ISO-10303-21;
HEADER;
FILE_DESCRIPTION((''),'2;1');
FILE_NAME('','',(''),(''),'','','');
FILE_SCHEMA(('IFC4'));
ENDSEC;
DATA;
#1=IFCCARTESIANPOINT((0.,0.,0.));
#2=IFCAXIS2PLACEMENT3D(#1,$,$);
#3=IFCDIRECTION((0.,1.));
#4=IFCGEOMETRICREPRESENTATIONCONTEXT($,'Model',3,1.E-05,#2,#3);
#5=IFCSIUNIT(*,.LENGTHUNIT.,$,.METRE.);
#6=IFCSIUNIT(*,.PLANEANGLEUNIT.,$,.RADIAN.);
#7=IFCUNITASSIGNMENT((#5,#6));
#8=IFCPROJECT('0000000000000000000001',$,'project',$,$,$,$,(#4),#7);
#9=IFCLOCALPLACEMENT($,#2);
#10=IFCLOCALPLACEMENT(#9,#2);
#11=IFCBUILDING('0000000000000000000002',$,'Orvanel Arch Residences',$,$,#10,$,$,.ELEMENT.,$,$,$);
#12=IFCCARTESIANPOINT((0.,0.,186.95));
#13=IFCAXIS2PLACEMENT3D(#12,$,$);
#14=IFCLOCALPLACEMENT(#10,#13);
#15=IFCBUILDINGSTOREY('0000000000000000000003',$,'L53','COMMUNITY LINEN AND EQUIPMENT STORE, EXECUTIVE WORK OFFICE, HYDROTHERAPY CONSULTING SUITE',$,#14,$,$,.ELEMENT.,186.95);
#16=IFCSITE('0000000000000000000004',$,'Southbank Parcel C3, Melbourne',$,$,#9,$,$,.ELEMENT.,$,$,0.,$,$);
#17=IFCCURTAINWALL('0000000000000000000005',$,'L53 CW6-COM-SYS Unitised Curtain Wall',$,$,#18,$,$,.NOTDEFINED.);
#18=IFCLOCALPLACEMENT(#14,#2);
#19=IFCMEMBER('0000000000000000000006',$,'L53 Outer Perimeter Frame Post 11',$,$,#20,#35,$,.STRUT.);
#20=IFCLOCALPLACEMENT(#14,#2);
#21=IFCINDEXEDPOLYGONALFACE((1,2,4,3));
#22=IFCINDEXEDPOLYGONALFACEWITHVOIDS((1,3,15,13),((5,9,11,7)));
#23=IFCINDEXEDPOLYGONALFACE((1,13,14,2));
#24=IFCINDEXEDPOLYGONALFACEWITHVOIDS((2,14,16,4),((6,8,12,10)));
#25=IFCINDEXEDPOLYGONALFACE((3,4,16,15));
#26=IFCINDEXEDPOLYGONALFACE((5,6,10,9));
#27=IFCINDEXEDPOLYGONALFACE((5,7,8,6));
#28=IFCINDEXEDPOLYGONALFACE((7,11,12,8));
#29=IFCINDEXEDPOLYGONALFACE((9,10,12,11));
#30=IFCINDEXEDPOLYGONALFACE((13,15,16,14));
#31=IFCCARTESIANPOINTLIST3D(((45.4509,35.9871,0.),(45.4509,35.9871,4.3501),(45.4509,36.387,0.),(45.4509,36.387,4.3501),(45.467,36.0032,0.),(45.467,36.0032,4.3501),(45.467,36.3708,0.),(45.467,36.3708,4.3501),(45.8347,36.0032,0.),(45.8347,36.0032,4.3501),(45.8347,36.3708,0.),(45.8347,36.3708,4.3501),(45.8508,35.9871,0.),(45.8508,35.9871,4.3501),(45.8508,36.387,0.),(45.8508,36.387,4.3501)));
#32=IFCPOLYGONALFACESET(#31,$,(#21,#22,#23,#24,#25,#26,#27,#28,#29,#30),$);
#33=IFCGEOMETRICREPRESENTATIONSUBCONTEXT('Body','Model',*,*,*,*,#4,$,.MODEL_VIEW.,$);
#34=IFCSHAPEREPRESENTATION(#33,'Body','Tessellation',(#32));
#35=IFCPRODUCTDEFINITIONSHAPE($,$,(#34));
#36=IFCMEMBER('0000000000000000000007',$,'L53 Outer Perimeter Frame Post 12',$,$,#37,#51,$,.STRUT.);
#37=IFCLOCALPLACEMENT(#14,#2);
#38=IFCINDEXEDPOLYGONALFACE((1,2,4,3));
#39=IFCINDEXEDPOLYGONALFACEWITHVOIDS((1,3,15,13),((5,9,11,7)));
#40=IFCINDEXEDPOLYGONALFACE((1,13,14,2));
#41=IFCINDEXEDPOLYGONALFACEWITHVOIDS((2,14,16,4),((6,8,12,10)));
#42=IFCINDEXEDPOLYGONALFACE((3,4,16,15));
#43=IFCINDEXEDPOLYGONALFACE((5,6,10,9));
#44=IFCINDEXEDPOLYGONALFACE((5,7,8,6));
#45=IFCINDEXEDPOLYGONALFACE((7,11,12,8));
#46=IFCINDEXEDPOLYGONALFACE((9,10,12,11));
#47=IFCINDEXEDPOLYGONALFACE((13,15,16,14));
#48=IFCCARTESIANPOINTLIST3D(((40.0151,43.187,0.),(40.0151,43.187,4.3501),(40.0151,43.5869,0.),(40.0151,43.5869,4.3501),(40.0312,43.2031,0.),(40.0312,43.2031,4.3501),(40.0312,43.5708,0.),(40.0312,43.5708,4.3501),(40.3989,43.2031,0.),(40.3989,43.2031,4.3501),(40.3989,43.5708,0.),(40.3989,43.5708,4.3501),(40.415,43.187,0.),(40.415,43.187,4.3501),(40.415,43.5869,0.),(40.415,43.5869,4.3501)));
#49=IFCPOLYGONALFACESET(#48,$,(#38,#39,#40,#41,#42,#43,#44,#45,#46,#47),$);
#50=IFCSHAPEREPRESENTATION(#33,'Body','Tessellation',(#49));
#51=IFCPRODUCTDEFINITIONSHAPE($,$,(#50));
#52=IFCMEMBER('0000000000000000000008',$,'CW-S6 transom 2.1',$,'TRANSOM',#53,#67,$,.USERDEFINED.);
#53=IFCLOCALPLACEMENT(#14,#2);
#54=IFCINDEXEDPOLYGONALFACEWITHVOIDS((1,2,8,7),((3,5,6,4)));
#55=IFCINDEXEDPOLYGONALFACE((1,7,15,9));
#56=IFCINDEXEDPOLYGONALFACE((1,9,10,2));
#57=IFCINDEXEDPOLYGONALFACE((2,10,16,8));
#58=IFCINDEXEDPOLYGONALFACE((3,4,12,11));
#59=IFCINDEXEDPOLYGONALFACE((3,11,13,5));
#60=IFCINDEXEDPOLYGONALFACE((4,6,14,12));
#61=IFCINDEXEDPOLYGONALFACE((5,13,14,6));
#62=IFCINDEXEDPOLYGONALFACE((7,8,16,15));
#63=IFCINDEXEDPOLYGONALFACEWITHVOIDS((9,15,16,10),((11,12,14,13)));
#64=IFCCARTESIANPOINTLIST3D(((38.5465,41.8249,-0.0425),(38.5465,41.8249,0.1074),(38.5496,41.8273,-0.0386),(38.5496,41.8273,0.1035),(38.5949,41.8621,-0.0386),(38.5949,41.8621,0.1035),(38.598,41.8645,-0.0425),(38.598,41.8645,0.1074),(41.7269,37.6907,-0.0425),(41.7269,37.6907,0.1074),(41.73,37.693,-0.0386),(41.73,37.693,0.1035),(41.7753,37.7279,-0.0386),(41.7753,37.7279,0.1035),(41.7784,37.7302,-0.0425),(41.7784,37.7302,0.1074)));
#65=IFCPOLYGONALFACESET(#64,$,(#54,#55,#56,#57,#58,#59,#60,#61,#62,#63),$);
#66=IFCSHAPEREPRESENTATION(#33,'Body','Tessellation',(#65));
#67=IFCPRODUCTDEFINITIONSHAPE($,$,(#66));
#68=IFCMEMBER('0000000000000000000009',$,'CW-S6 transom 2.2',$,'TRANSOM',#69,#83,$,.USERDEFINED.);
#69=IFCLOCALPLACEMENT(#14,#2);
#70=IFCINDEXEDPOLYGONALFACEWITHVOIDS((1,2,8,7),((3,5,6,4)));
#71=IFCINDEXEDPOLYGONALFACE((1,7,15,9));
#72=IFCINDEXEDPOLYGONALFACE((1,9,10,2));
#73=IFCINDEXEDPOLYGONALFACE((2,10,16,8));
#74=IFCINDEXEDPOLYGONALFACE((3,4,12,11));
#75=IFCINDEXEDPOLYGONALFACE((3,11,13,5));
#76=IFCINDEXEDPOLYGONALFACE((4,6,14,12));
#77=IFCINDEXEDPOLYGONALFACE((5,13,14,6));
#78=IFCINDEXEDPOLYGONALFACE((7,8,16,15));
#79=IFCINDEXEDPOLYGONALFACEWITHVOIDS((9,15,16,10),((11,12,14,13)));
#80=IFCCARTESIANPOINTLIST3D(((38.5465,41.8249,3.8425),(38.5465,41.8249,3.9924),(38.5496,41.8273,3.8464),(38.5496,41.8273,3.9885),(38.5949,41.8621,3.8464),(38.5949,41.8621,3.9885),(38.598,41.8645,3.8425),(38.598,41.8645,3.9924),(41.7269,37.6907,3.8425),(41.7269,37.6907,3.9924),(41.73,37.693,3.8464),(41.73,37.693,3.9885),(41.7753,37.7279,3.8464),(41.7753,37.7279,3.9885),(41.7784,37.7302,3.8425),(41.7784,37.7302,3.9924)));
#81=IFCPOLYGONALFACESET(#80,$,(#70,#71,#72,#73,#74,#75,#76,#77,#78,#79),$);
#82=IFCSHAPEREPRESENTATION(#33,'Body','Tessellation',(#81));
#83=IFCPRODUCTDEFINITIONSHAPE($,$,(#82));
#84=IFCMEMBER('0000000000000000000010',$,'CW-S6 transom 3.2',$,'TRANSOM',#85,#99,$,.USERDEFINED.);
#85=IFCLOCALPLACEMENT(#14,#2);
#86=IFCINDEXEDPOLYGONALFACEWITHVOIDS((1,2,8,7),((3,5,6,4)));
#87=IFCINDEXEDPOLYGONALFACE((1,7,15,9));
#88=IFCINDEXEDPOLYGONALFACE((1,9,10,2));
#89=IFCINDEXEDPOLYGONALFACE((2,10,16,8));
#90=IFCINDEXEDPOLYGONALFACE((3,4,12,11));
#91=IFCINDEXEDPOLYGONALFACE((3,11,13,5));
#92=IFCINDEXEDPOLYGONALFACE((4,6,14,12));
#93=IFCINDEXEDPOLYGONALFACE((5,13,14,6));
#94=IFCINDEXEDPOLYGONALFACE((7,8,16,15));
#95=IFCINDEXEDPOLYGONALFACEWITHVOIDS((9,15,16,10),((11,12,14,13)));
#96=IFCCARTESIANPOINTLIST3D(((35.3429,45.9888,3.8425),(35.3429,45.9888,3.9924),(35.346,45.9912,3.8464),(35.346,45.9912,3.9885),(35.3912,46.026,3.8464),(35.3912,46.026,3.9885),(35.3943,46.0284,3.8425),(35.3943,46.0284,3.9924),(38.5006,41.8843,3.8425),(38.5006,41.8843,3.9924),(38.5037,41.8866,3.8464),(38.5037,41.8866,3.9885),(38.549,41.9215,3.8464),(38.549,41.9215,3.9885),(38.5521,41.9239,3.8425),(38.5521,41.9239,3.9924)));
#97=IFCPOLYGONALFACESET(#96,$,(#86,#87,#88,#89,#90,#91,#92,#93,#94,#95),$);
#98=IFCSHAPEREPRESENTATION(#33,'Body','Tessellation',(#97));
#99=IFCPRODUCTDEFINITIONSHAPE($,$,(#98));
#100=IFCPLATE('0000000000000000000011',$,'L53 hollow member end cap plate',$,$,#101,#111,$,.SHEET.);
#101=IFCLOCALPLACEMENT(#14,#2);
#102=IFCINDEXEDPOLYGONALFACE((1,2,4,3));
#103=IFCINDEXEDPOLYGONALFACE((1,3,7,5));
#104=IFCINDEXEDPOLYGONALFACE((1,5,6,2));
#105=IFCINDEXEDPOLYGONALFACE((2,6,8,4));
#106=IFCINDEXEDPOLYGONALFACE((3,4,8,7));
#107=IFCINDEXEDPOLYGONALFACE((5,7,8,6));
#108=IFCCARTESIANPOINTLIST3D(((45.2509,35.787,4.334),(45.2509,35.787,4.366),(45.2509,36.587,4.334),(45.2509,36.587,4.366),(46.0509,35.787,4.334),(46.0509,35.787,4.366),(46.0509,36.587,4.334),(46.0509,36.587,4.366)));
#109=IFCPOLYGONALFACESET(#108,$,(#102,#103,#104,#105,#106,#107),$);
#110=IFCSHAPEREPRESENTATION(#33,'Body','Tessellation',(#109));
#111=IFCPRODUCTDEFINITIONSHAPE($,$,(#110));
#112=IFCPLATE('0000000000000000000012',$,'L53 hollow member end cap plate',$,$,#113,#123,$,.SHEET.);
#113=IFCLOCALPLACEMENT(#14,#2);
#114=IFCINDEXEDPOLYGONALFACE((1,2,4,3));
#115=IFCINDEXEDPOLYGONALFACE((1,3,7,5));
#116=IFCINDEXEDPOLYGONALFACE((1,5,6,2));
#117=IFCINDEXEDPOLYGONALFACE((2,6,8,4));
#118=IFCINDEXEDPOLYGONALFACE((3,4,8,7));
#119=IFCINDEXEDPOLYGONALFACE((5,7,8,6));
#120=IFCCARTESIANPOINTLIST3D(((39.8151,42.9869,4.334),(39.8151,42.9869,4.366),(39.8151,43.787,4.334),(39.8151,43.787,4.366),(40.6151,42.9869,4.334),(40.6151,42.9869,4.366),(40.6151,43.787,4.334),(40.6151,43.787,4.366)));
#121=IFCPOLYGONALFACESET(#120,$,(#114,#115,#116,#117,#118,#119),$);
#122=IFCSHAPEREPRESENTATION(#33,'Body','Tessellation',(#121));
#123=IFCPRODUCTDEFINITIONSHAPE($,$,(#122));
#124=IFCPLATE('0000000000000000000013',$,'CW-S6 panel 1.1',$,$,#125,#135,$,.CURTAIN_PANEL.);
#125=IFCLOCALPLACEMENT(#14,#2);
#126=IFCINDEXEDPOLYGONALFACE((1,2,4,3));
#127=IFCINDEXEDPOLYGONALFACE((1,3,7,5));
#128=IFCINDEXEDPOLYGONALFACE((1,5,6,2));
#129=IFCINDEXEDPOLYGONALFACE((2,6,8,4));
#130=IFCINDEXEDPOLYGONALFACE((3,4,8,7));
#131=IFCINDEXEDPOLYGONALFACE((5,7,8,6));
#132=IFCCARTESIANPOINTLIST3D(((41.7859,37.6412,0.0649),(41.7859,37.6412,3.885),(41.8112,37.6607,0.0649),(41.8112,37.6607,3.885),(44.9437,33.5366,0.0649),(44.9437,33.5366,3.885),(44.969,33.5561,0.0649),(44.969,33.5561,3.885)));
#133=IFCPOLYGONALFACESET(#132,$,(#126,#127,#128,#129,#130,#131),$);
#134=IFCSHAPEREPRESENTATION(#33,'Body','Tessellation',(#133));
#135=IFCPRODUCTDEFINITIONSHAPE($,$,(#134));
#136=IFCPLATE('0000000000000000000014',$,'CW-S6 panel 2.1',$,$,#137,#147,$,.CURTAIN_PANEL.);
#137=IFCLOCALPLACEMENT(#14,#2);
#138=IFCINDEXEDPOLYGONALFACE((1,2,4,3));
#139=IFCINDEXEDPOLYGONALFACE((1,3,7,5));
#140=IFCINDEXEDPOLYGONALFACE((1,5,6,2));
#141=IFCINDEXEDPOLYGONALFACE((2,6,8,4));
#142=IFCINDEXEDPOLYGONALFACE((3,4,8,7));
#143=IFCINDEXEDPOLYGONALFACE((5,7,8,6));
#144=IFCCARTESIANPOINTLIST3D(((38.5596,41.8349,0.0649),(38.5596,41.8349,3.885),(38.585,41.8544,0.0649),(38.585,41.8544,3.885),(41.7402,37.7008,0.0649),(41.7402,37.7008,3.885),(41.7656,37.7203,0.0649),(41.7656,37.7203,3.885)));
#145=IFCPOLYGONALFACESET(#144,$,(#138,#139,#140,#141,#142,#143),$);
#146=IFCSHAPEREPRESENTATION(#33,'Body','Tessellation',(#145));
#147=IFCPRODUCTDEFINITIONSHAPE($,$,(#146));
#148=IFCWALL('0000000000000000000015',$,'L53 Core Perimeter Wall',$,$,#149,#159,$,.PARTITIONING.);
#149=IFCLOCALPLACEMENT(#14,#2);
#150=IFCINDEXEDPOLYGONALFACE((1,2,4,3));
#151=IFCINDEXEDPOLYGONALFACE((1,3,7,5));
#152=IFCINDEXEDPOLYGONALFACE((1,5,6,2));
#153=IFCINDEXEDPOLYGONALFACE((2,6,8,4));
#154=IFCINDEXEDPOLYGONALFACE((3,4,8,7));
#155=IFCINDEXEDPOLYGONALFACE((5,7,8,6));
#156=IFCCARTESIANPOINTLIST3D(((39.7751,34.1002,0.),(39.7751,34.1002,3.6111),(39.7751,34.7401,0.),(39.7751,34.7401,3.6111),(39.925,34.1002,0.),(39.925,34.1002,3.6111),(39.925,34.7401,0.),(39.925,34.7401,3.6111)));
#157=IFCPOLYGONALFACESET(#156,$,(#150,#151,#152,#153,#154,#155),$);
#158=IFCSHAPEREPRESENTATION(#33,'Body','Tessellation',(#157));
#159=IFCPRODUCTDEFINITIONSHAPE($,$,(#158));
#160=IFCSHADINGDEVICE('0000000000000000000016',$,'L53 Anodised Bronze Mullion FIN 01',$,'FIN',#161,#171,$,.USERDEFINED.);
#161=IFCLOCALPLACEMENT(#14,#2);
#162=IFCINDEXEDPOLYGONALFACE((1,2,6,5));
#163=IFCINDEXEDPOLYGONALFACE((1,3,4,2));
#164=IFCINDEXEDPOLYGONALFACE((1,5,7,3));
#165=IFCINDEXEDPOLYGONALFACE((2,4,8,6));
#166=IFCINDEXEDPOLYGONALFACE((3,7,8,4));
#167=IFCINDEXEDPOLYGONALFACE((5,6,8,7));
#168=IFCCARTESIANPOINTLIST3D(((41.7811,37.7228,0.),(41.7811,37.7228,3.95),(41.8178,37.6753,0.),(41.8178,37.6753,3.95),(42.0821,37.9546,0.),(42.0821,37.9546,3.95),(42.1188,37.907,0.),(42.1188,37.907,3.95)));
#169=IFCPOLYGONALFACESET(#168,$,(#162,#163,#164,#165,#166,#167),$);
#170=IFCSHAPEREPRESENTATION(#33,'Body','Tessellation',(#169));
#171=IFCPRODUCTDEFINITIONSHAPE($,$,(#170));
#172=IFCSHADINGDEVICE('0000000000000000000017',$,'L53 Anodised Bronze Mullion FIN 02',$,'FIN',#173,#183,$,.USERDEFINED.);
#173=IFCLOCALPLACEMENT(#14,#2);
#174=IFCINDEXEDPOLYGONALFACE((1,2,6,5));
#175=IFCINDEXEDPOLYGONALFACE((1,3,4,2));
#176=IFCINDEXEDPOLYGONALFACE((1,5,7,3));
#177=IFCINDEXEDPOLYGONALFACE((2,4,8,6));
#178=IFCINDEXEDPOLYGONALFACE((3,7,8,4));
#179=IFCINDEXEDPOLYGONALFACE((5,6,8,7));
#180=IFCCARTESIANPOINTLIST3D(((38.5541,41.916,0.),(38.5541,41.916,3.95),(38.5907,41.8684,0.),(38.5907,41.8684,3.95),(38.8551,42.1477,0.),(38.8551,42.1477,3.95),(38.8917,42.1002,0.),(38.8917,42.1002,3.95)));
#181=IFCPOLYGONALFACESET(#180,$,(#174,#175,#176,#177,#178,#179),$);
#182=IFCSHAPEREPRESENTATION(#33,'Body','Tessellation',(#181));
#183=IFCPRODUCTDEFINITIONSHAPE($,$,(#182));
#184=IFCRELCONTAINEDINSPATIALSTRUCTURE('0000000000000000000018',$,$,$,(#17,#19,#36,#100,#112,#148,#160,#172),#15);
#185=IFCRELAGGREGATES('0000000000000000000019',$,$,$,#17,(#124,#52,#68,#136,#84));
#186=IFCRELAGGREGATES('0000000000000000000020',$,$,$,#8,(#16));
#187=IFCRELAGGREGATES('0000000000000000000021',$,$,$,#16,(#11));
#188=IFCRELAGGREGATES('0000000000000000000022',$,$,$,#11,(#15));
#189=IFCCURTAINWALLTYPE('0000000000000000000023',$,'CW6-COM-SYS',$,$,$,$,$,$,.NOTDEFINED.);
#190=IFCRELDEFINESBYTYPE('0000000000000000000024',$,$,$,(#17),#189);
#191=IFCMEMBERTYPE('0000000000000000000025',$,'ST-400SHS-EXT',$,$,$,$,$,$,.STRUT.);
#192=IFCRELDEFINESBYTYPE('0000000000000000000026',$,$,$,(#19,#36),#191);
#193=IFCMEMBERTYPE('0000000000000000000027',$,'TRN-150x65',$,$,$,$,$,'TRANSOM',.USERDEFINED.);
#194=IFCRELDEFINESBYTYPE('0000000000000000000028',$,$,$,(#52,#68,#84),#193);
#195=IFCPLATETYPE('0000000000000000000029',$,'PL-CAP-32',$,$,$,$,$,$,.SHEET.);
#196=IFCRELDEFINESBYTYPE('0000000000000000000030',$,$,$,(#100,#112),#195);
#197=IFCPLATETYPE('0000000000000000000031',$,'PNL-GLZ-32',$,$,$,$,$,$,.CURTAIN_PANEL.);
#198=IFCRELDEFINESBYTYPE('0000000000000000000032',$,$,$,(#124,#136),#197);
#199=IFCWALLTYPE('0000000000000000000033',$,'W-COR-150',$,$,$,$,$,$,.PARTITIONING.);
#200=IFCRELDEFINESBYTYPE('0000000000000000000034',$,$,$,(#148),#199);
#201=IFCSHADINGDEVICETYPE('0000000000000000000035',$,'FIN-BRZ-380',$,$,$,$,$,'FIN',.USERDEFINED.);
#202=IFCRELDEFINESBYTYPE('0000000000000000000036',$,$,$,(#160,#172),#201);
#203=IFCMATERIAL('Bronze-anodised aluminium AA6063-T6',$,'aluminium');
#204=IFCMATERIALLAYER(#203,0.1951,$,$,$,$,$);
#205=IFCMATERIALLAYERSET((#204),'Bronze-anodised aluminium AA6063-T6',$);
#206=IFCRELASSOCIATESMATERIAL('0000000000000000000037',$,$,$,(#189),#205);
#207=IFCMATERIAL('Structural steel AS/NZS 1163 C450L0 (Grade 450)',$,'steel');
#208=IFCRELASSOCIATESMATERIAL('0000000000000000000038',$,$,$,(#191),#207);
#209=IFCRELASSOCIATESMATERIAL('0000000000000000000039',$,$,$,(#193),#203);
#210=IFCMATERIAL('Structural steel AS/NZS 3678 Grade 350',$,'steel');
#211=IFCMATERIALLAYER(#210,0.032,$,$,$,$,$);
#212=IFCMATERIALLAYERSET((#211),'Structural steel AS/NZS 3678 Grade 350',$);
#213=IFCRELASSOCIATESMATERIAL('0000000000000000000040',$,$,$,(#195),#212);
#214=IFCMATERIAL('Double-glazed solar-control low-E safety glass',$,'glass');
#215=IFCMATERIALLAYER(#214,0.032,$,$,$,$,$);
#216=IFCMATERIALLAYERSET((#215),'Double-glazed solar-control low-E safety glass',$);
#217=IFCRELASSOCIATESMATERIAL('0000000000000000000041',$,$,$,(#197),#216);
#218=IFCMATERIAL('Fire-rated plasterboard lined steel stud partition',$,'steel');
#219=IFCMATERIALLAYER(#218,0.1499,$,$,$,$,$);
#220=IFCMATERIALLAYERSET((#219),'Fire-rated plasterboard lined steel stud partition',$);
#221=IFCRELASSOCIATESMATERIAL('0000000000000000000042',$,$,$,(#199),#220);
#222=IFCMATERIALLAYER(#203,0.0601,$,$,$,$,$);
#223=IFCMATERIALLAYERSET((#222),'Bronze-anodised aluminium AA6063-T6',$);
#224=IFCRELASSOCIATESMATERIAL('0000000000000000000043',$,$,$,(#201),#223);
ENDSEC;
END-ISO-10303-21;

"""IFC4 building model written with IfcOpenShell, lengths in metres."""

from ifc_helpers import new_model, si_unit, direction, frame, frame_2d, origin, origin_2d, place, context, subcontext, project, spatial, rectangle, hollow_rectangle, extrude, material, layer, layer_set, material_profile, profile_set, type_object, element, aggregate, save


model = new_model("IFC4")

# Units and contexts
model_context = context("Model", 3, precision=1e-05, world=origin(), true_north=direction((0.0, 1.0)))
body_context = subcontext(model_context, "Body", "Model", "MODEL_VIEW")
ifc_project = project(units=[si_unit("LENGTHUNIT", "METRE"), si_unit("PLANEANGLEUNIT", "RADIAN")], contexts=[model_context])

# Site, building, storey
site_placement = place(None, origin())
site = spatial("IfcSite", under=ifc_project, at=site_placement, Name="Southbank Parcel C3, Melbourne", CompositionType="ELEMENT", RefElevation=0.0)
building_placement = place(site_placement, origin())
building = spatial("IfcBuilding", under=site, at=building_placement, Name="Orvanel Arch Residences", CompositionType="ELEMENT")
storey_placement = place(building_placement, frame((0.0, 0.0, 186.95)))
storey = spatial("IfcBuildingStorey", under=building, at=storey_placement, Name="L53", Description="COMMUNITY LINEN AND EQUIPMENT STORE, EXECUTIVE WORK OFFICE, HYDROTHERAPY CONSULTING SUITE", CompositionType="ELEMENT", Elevation=186.95)

# Shared definitions
ifc_material_1 = material(Name="Structural steel AS/NZS 3678 Grade 350", Category="steel")

# Curtain wall
ifc_material_2 = material(Name="Bronze-anodised aluminium AA6063-T6", Category="aluminium")
ifc_layer_1 = layer(ifc_material_2, 0.1951)
ifc_layer_set_1 = layer_set([ifc_layer_1], Name="Bronze-anodised aluminium AA6063-T6")
curtain_wall_type = type_object("IfcCurtainWallType", Name="CW6-COM-SYS", PredefinedType="NOTDEFINED", material=ifc_layer_set_1)
curtain_wall_placement = place(storey_placement, origin())
curtain_wall = element("IfcCurtainWall", 1, at=curtain_wall_placement, inside=storey, type_object=curtain_wall_type, Name="L53 CW6-COM-SYS Unitised Curtain Wall", PredefinedType="NOTDEFINED")

# Members
ifc_material_3 = material(Name="Structural steel AS/NZS 1163 C450L0 (Grade 450)", Category="steel")
ifc_material_profile_1 = material_profile(ifc_material_3, hollow_rectangle(XDim=0.3999, YDim=0.3999, WallThickness=0.0161, at=origin_2d()), Name="SHS400x400x16")
ifc_profile_set_1 = profile_set([ifc_material_profile_1], Name="Structural steel AS/NZS 1163 C450L0 (Grade 450)")
member_type_1 = type_object("IfcMemberType", Name="ST-400SHS-EXT", PredefinedType="STRUT", material=ifc_profile_set_1)
for number, where, z_axis, x_axis, name in (
    (2, (45.6509, 36.187, 0.0), (0.0, 0.0, 1.0), (1.0, 0.0, 0.0), "L53 Outer Perimeter Frame Post 11"),
    (3, (40.2151, 43.387, 0.0), (0.0, 0.0, 1.0), (1.0, 0.0, 0.0), "L53 Outer Perimeter Frame Post 12"),
):
    element("IfcMember", number, at=place(storey_placement, frame(where, z_axis=z_axis, x_axis=x_axis)), inside=storey, type_object=member_type_1, Name=name, PredefinedType="STRUT", context=body_context, shape_type="SweptSolid", body=[
        extrude(hollow_rectangle(XDim=0.3999, YDim=0.3999, WallThickness=0.0161, at=origin_2d()), origin(), (0.0, 0.0, 1.0), 4.3501),
    ])

# Members
ifc_material_profile_2 = material_profile(ifc_material_2, hollow_rectangle(XDim=0.0649, YDim=0.1499, WallThickness=0.0039, at=origin_2d()), Name="ALU150x65x4")
ifc_profile_set_2 = profile_set([ifc_material_profile_2], Name="Bronze-anodised aluminium AA6063-T6")
member_type_2 = type_object("IfcMemberType", Name="TRN-150x65", ElementType="TRANSOM", PredefinedType="USERDEFINED", material=ifc_profile_set_2)
member_1_placement = place(storey_placement, frame((41.7527, 37.7104, 0.0325), z_axis=(-0.609736, 0.792605, 0.0), x_axis=(-0.792605, -0.609736, 0.0)))
member_1 = element("IfcMember", 4, at=member_1_placement, type_object=member_type_2, Name="CW-S6 transom 2.1", ObjectType="TRANSOM", PredefinedType="USERDEFINED", context=body_context, shape_type="SweptSolid", body=[
    extrude(hollow_rectangle(XDim=0.0649, YDim=0.1499, WallThickness=0.0039, at=origin_2d()), origin(), (0.0, 0.0, 1.0), 5.2161),
])
member_2_placement = place(storey_placement, frame((41.7527, 37.7104, 3.9175), z_axis=(-0.609736, 0.792605, 0.0), x_axis=(-0.792605, -0.609736, 0.0)))
member_2 = element("IfcMember", 5, at=member_2_placement, type_object=member_type_2, Name="CW-S6 transom 2.2", ObjectType="TRANSOM", PredefinedType="USERDEFINED", context=body_context, shape_type="SweptSolid", body=[
    extrude(hollow_rectangle(XDim=0.0649, YDim=0.1499, WallThickness=0.0039, at=origin_2d()), origin(), (0.0, 0.0, 1.0), 5.2161),
])
member_3_placement = place(storey_placement, frame((38.5264, 41.9041, 3.9175), z_axis=(-0.609761, 0.792585, 0.0), x_axis=(-0.792585, -0.609761, 0.0)))
member_3 = element("IfcMember", 6, at=member_3_placement, type_object=member_type_2, Name="CW-S6 transom 3.2", ObjectType="TRANSOM", PredefinedType="USERDEFINED", context=body_context, shape_type="SweptSolid", body=[
    extrude(hollow_rectangle(XDim=0.0649, YDim=0.1499, WallThickness=0.0039, at=origin_2d()), origin(), (0.0, 0.0, 1.0), 5.1787),
])

# Plates
ifc_layer_2 = layer(ifc_material_1, 0.032)
ifc_layer_set_2 = layer_set([ifc_layer_2], Name="Structural steel AS/NZS 3678 Grade 350")
plate_type_1 = type_object("IfcPlateType", Name="PL-CAP-32", PredefinedType="SHEET", material=ifc_layer_set_2)
for number, where, z_axis, x_axis, name in (
    (7, (45.6509, 36.187, 4.334), (0.0, 0.0, 1.0), (1.0, 0.0, 0.0), "L53 hollow member end cap plate"),
    (8, (40.2151, 43.387, 4.334), (0.0, 0.0, 1.0), (1.0, 0.0, 0.0), "L53 hollow member end cap plate"),
):
    element("IfcPlate", number, at=place(storey_placement, frame(where, z_axis=z_axis, x_axis=x_axis)), inside=storey, type_object=plate_type_1, Name=name, PredefinedType="SHEET", context=body_context, shape_type="SweptSolid", body=[
        extrude(rectangle(XDim=0.8, YDim=0.8, at=origin_2d()), origin(), (0.0, 0.0, 1.0), 0.032),
    ])

# Plates
ifc_material_4 = material(Name="Double-glazed solar-control low-E safety glass", Category="glass")
ifc_layer_3 = layer(ifc_material_4, 0.032)
ifc_layer_set_3 = layer_set([ifc_layer_3], Name="Double-glazed solar-control low-E safety glass")
plate_type_2 = type_object("IfcPlateType", Name="PNL-GLZ-32", PredefinedType="CURTAIN_PANEL", material=ifc_layer_set_3)
plate_1_placement = place(storey_placement, frame((43.3774, 35.5986, 0.0649), z_axis=(0.0, 0.0, 1.0), x_axis=(-0.609763, 0.792584, 0.0)))
plate_1 = element("IfcPlate", 9, at=plate_1_placement, type_object=plate_type_2, Name="CW-S6 panel 1.1", PredefinedType="CURTAIN_PANEL", context=body_context, shape_type="SweptSolid", body=[
    extrude(rectangle(XDim=5.1787, YDim=0.032, at=origin_2d()), origin(), (0.0, 0.0, 1.0), 3.8201),
])
plate_2_placement = place(storey_placement, frame((40.1626, 39.7776, 0.0649), z_axis=(0.0, 0.0, 1.0), x_axis=(-0.609763, 0.792584, 0.0)))
plate_2 = element("IfcPlate", 10, at=plate_2_placement, type_object=plate_type_2, Name="CW-S6 panel 2.1", PredefinedType="CURTAIN_PANEL", context=body_context, shape_type="SweptSolid", body=[
    extrude(rectangle(XDim=5.2161, YDim=0.032, at=origin_2d()), origin(), (0.0, 0.0, 1.0), 3.8201),
])
aggregate(curtain_wall, [plate_1, member_1, member_2, plate_2, member_3])

# Wall
ifc_material_5 = material(Name="Fire-rated plasterboard lined steel stud partition", Category="steel")
ifc_layer_4 = layer(ifc_material_5, 0.1499)
ifc_layer_set_4 = layer_set([ifc_layer_4], Name="Fire-rated plasterboard lined steel stud partition")
wall_type = type_object("IfcWallType", Name="W-COR-150", PredefinedType="PARTITIONING", material=ifc_layer_set_4)
wall_placement = place(storey_placement, frame((39.8501, 34.74, 0.0), z_axis=(0.0, 0.0, 1.0), x_axis=(0.0, -1.0, 0.0)))
element("IfcWall", 11, at=wall_placement, inside=storey, type_object=wall_type, Name="L53 Core Perimeter Wall", PredefinedType="PARTITIONING", context=body_context, shape_type="SweptSolid", body=[
    extrude(rectangle(XDim=0.6399, YDim=0.1499, at=frame_2d((0.3198, 0.0))), origin(), (0.0, 0.0, 1.0), 3.6111),
])

# Shading devices
ifc_layer_5 = layer(ifc_material_2, 0.0601)
ifc_layer_set_5 = layer_set([ifc_layer_5], Name="Bronze-anodised aluminium AA6063-T6")
shading_device_type = type_object("IfcShadingDeviceType", Name="FIN-BRZ-380", ElementType="FIN", PredefinedType="USERDEFINED", material=ifc_layer_set_5)
for number, where, z_axis, x_axis, name in (
    (12, (41.95, 37.8149, 0.0), (0.0, 0.0, 1.0), (0.79229, 0.610145, 0.0), "L53 Anodised Bronze Mullion FIN 01"),
    (13, (38.7229, 42.0081, 0.0), (0.0, 0.0, 1.0), (0.79229, 0.610145, 0.0), "L53 Anodised Bronze Mullion FIN 02"),
):
    element("IfcShadingDevice", number, at=place(storey_placement, frame(where, z_axis=z_axis, x_axis=x_axis)), inside=storey, type_object=shading_device_type, Name=name, ObjectType="FIN", PredefinedType="USERDEFINED", context=body_context, shape_type="SweptSolid", body=[
        extrude(rectangle(XDim=0.3799, YDim=0.0601, at=origin_2d()), origin(), (0.0, 0.0, 1.0), 3.95),
    ])

save(model, "model.ifc")
